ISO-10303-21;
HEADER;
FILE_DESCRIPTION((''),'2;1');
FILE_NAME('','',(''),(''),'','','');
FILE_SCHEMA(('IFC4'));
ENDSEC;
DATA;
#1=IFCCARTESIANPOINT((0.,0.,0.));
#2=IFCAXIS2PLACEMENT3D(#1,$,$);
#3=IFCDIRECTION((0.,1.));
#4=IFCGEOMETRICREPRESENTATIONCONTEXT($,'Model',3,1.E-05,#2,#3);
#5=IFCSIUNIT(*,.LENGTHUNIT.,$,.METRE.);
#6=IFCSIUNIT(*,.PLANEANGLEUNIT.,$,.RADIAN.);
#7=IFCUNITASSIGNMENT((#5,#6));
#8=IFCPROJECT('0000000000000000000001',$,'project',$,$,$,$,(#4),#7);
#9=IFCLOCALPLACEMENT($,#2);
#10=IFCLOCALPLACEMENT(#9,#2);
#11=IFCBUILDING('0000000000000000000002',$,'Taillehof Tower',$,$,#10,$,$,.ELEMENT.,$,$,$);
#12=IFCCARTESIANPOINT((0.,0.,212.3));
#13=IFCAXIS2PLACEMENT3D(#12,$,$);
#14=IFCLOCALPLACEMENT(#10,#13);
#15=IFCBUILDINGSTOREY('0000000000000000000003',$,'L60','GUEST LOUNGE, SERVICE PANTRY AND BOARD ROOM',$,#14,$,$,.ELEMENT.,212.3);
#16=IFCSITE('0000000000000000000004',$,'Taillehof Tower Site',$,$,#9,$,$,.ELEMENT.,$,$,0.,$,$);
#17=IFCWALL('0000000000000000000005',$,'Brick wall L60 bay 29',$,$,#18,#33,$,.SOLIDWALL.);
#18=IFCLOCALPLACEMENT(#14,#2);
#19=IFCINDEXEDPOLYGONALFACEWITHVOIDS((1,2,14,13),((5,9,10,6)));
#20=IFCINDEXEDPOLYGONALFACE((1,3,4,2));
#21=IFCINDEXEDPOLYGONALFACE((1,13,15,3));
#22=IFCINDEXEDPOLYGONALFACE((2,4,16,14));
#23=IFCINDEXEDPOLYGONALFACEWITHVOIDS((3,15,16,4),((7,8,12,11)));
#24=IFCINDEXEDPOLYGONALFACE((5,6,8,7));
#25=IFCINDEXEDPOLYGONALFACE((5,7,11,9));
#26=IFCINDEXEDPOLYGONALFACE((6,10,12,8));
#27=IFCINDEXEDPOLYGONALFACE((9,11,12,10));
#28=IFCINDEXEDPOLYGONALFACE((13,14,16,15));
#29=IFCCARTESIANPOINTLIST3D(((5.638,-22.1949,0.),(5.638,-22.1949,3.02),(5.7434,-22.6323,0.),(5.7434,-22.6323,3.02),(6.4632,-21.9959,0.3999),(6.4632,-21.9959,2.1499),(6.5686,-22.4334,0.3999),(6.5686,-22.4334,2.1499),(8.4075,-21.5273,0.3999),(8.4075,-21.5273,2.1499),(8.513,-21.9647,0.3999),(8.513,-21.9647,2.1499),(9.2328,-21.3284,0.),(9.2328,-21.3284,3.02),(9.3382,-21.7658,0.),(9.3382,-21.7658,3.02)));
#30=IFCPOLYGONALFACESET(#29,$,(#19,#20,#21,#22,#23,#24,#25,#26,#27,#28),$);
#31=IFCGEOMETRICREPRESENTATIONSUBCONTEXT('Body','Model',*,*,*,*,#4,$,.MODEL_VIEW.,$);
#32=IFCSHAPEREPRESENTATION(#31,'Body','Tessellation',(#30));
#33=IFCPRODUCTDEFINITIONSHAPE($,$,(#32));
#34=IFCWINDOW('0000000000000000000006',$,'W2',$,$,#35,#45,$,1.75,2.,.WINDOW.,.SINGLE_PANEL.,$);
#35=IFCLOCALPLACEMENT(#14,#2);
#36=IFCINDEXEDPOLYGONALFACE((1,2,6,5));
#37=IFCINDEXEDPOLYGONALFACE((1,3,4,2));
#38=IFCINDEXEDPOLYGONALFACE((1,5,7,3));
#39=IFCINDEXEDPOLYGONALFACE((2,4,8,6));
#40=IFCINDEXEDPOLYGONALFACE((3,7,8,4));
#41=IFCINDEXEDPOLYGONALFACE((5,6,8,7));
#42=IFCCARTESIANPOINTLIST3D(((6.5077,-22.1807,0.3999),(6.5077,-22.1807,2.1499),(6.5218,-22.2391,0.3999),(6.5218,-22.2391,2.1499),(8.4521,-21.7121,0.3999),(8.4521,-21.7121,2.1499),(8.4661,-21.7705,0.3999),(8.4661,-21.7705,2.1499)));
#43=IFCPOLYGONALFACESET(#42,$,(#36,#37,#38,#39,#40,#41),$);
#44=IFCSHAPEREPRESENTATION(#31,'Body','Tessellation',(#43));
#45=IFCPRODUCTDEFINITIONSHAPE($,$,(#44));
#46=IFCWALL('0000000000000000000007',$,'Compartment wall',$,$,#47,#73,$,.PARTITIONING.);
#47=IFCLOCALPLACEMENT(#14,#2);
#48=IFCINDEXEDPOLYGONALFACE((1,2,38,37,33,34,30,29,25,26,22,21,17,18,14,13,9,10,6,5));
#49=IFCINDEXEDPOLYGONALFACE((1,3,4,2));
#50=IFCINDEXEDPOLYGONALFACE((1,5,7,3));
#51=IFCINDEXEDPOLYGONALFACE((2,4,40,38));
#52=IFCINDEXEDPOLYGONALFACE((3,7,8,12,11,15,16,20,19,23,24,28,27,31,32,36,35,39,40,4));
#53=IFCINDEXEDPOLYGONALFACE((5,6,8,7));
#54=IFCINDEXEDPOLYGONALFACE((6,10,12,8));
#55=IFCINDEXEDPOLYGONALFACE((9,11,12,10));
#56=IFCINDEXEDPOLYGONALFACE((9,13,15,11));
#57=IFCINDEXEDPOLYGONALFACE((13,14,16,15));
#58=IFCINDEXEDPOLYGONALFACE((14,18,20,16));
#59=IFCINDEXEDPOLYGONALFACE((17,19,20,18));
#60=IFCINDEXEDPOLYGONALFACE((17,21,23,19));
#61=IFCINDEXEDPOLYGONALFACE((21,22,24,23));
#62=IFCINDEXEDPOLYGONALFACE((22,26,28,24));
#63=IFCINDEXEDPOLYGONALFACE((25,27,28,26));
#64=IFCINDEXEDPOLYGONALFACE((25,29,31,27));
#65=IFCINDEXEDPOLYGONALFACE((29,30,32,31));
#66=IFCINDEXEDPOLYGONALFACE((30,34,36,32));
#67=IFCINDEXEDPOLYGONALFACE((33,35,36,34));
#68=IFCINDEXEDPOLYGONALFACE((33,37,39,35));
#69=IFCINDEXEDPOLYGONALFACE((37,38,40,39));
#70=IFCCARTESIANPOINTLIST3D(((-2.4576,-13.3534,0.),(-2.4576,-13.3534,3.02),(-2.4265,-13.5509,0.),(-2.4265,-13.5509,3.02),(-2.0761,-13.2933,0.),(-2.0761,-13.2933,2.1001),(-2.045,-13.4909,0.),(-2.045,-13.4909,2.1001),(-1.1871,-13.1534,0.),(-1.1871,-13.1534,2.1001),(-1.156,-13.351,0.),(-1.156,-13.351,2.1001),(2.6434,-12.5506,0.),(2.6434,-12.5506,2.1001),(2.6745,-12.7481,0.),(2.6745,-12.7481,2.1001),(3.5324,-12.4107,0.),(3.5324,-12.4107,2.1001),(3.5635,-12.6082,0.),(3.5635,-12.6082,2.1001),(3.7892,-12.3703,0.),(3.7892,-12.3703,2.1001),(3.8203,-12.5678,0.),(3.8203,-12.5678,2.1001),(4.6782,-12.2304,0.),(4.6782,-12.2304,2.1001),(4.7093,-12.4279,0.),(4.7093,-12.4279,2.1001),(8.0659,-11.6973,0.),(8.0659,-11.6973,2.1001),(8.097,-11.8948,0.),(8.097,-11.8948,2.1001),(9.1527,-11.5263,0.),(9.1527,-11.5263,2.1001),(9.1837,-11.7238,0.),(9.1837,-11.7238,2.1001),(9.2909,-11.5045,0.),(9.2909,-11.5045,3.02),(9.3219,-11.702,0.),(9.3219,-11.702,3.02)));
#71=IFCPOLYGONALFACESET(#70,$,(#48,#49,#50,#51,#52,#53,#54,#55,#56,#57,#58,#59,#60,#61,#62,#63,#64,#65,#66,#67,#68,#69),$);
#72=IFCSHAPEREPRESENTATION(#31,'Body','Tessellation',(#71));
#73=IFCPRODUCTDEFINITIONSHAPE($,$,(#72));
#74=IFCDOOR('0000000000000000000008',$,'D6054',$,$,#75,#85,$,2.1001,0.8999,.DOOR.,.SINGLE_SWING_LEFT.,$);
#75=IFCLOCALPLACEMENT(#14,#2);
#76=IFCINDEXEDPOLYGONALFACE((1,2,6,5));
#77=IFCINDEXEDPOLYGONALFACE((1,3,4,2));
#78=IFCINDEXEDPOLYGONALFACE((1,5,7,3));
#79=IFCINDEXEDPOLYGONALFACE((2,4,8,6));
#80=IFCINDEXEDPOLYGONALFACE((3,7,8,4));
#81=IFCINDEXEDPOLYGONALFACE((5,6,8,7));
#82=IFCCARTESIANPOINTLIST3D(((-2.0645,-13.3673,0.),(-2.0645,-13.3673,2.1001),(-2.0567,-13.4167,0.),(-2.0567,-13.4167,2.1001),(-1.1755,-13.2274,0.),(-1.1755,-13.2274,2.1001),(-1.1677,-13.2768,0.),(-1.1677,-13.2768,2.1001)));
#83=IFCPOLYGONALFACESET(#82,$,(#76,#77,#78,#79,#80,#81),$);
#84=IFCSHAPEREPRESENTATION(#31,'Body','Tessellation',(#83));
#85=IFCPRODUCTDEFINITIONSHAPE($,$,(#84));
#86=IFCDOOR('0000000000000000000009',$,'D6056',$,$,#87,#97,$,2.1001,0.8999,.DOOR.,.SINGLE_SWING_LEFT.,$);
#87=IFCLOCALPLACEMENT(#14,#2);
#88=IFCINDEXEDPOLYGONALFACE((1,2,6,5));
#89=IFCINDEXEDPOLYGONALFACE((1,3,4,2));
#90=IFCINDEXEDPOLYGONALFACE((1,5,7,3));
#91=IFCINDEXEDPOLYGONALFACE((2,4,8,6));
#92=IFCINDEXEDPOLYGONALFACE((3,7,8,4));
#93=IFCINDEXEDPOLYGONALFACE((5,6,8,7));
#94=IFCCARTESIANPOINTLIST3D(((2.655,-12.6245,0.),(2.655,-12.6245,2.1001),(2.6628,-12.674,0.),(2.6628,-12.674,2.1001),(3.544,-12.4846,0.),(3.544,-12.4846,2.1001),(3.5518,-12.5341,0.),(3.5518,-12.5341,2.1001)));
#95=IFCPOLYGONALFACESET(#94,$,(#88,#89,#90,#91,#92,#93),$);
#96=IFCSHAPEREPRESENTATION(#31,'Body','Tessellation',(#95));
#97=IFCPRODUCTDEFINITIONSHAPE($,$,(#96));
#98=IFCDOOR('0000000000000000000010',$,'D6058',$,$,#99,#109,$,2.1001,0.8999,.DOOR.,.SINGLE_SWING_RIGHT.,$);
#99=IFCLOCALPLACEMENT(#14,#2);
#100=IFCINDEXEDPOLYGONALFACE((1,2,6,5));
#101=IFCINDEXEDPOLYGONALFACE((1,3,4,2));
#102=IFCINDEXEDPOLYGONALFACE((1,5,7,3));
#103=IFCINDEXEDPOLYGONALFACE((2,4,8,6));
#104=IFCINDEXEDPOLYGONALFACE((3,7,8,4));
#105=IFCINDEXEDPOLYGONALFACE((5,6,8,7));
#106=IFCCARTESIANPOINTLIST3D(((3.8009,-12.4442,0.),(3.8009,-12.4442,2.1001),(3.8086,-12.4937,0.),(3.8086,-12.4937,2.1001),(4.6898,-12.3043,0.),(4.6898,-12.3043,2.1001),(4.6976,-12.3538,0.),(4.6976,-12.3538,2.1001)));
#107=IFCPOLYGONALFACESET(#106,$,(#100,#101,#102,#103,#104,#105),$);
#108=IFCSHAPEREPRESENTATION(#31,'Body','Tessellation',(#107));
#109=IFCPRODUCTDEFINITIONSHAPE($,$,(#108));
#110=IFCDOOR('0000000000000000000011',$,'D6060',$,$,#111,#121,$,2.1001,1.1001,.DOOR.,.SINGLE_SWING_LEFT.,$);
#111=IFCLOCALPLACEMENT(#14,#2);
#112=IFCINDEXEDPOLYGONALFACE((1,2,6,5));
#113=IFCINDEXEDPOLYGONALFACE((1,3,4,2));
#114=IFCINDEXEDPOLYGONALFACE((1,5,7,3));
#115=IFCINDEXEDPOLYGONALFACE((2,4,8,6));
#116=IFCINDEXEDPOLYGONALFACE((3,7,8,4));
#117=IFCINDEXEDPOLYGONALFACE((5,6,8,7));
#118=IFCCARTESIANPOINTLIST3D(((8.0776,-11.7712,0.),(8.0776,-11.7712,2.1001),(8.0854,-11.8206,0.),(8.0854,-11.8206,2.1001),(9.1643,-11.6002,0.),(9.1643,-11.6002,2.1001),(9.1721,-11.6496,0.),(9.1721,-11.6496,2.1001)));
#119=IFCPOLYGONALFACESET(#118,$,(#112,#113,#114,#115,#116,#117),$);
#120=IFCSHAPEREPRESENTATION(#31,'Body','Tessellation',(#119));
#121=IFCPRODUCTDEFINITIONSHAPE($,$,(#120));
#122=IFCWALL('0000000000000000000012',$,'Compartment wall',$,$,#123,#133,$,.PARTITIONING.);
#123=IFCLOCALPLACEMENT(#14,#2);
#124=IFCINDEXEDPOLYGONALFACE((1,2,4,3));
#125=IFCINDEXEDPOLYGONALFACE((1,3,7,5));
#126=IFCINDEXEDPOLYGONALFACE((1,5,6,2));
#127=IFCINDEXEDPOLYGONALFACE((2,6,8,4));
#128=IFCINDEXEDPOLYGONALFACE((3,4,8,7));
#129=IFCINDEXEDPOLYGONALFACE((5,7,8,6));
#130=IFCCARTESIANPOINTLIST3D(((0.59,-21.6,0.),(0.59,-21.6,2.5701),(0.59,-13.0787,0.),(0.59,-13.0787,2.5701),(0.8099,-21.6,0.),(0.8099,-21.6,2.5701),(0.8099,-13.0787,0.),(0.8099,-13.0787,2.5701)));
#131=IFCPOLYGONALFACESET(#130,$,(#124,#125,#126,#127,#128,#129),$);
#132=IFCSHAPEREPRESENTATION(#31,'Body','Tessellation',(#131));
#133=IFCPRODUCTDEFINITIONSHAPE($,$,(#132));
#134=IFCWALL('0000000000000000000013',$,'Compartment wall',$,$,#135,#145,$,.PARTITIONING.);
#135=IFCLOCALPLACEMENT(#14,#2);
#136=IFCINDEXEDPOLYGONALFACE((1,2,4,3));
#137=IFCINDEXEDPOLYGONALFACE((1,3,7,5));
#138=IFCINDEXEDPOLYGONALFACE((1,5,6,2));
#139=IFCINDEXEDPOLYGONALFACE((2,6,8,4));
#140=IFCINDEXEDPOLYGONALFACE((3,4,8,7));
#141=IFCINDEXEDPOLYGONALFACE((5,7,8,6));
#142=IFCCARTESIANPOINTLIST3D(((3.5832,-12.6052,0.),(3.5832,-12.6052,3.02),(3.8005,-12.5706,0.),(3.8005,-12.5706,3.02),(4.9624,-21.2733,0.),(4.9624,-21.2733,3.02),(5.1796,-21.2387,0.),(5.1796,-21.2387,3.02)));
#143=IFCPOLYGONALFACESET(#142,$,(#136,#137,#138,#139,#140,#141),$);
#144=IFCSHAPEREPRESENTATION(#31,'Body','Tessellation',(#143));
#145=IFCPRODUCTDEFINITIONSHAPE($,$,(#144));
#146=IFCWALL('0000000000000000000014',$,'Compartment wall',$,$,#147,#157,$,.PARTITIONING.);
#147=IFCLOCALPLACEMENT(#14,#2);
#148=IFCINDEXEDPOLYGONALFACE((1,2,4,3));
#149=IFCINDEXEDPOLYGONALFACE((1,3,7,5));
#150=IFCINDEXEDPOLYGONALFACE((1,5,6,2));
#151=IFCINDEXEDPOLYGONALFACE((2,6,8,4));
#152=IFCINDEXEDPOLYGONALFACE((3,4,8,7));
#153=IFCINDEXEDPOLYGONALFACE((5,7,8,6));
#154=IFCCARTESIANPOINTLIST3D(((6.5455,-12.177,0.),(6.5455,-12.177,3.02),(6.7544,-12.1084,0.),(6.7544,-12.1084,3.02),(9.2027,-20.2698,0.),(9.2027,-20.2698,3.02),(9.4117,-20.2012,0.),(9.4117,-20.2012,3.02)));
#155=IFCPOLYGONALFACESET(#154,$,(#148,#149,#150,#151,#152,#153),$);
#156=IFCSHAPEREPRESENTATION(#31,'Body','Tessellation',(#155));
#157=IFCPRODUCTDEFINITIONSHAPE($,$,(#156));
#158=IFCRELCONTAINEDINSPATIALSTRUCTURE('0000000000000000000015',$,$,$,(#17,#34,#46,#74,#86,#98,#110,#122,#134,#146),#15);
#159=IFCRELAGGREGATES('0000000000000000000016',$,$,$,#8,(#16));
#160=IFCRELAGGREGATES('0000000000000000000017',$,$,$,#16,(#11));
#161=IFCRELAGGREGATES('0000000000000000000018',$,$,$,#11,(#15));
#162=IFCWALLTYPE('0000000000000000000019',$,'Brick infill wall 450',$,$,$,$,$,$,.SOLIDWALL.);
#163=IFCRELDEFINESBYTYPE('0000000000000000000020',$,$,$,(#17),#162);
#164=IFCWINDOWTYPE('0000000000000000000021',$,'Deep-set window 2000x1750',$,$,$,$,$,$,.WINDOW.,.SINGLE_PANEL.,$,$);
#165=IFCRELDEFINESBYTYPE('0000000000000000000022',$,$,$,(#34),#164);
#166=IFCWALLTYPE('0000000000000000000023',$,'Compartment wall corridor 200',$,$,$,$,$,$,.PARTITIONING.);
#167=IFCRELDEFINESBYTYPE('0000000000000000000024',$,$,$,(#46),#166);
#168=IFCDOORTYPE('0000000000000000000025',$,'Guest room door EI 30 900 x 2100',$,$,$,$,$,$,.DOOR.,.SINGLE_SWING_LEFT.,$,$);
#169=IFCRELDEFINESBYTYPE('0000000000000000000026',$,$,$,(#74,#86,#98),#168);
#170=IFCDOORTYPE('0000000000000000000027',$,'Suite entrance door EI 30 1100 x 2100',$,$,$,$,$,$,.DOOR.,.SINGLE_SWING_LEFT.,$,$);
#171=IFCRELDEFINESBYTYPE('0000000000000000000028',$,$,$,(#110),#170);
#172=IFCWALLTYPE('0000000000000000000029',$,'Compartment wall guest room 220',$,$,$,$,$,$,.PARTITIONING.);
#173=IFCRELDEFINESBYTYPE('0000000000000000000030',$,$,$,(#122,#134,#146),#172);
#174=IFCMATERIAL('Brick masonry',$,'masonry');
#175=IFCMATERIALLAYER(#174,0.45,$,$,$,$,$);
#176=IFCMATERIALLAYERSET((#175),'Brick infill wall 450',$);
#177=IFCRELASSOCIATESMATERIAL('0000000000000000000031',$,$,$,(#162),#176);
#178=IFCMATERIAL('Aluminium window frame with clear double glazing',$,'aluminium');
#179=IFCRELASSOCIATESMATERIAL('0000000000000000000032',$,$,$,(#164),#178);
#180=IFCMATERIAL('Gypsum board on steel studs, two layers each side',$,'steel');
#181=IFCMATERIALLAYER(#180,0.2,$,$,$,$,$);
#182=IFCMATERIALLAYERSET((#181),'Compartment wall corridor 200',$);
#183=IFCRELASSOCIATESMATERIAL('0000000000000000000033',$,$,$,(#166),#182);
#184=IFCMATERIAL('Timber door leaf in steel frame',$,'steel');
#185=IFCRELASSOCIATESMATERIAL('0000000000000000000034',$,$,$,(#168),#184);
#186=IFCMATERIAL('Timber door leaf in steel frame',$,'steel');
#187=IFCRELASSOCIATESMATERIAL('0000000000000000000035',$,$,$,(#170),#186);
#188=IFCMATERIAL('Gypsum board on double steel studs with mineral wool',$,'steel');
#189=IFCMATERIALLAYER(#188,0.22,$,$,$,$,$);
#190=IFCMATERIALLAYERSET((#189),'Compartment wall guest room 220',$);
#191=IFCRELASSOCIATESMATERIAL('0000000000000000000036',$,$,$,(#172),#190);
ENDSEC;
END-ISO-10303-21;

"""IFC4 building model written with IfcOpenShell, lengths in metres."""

from ifc_helpers import new_model, si_unit, direction, frame, frame_2d, origin, place, context, subcontext, project, spatial, rectangle, extrude, material, layer, layer_set, type_object, element, fill, save


model = new_model("IFC4")

# Units and contexts
model_context = context("Model", 3, precision=1e-05, world=origin(), true_north=direction((0.0, 1.0)))
body_context = subcontext(model_context, "Body", "Model", "MODEL_VIEW")
ifc_project = project(units=[si_unit("LENGTHUNIT", "METRE"), si_unit("PLANEANGLEUNIT", "RADIAN")], contexts=[model_context])

# Site, building, storey
site_placement = place(None, origin())
site = spatial("IfcSite", under=ifc_project, at=site_placement, Name="Taillehof Tower Site", CompositionType="ELEMENT", RefElevation=0.0)
building_placement = place(site_placement, origin())
building = spatial("IfcBuilding", under=site, at=building_placement, Name="Taillehof Tower", CompositionType="ELEMENT")
storey_placement = place(building_placement, frame((0.0, 0.0, 212.3)))
storey = spatial("IfcBuildingStorey", under=building, at=storey_placement, Name="L60", Description="GUEST LOUNGE, SERVICE PANTRY AND BOARD ROOM", CompositionType="ELEMENT", Elevation=212.3)

# Wall, opening, window
ifc_material_1 = material(Name="Brick masonry", Category="masonry")
ifc_layer_1 = layer(ifc_material_1, 0.45)
ifc_layer_set_1 = layer_set([ifc_layer_1], Name="Brick infill wall 450")
wall_type_1 = type_object("IfcWallType", Name="Brick infill wall 450", PredefinedType="SOLIDWALL", material=ifc_layer_set_1)
ifc_material_2 = material(Name="Aluminium window frame with clear double glazing", Category="aluminium")
window_type = type_object("IfcWindowType", Name="Deep-set window 2000x1750", PartitioningType="SINGLE_PANEL", PredefinedType="WINDOW", material=ifc_material_2)
wall_1_placement = place(storey_placement, frame((5.6907, -22.4136, 0.0), z_axis=(0.0, 0.0, 1.0), x_axis=(0.972158, 0.234324, 0.0)))
wall_1 = element("IfcWall", 1, at=wall_1_placement, inside=storey, type_object=wall_type_1, Name="Brick wall L60 bay 29", PredefinedType="SOLIDWALL", context=body_context, shape_type="SweptSolid", body=[
    extrude(rectangle(XDim=3.6978, YDim=0.45, at=frame_2d((1.8489, 0.0))), origin(), (0.0, 0.0, 1.0), 3.02),
])
opening_1_placement = place(wall_1_placement, frame((0.8489, 0.0, 0.3999)))
opening_1 = element("IfcOpeningElement", 2, at=opening_1_placement, cuts=wall_1, PredefinedType="OPENING", context=body_context, shape_type="SweptSolid", body=[
    extrude(rectangle(XDim=2.0, YDim=1.75, at=frame_2d((1.0, 0.875))), frame((0.0, 0.2349, 0.0), z_axis=(0.0, -1.0, 0.0), x_axis=(1.0, 0.0, 0.0)), (0.0, 0.0, 1.0), 0.47),
])
window_1_placement = place(opening_1_placement, origin())
window_1 = element("IfcWindow", 3, at=window_1_placement, inside=storey, type_object=window_type, Name="W2", OverallHeight=1.75, OverallWidth=2.0, PartitioningType="SINGLE_PANEL", PredefinedType="WINDOW", context=body_context, shape_type="SweptSolid", body=[
    extrude(rectangle(XDim=2.0, YDim=1.75, at=frame_2d((1.0, 0.875))), frame((0.0, 0.0349, 0.0), z_axis=(0.0, -1.0, 0.0), x_axis=(1.0, 0.0, 0.0)), (0.0, 0.0, 1.0), 0.0601),
])
fill(opening_1, window_1)

# Wall, openings, doors
ifc_material_3 = material(Name="Gypsum board on steel studs, two layers each side", Category="steel")
ifc_layer_2 = layer(ifc_material_3, 0.2)
ifc_layer_set_2 = layer_set([ifc_layer_2], Name="Compartment wall corridor 200")
wall_type_2 = type_object("IfcWallType", Name="Compartment wall corridor 200", PredefinedType="PARTITIONING", material=ifc_layer_set_2)
wall_2_placement = place(storey_placement, frame((9.3064, -11.6033, 0.0), z_axis=(0.0, 0.0, 1.0), x_axis=(-0.987843, -0.155458, 0.0)))
wall_2 = element("IfcWall", 4, at=wall_2_placement, inside=storey, type_object=wall_type_2, Name="Compartment wall", PredefinedType="PARTITIONING", context=body_context, shape_type="SweptSolid", body=[
    extrude(rectangle(XDim=11.8931, YDim=0.2, at=frame_2d((5.9465, 0.0))), origin(), (0.0, 0.0, 1.0), 3.02),
])
opening_2_placement = place(wall_2_placement, frame((10.6069, 0.0, 0.0)))
opening_2 = element("IfcOpeningElement", 5, at=opening_2_placement, cuts=wall_2, PredefinedType="OPENING", context=body_context, shape_type="SweptSolid", body=[
    extrude(rectangle(XDim=0.8999, YDim=2.1001, at=frame_2d((0.45, 1.05))), frame((0.0, 0.1099, 0.0), z_axis=(0.0, -1.0, 0.0), x_axis=(1.0, 0.0, 0.0)), (0.0, 0.0, 1.0), 0.22),
])
opening_3_placement = place(wall_2_placement, frame((5.8293, 0.0, 0.0)))
opening_3 = element("IfcOpeningElement", 6, at=opening_3_placement, cuts=wall_2, PredefinedType="OPENING", context=body_context, shape_type="SweptSolid", body=[
    extrude(rectangle(XDim=0.8999, YDim=2.1001, at=frame_2d((0.45, 1.05))), frame((0.0, 0.1099, 0.0), z_axis=(0.0, -1.0, 0.0), x_axis=(1.0, 0.0, 0.0)), (0.0, 0.0, 1.0), 0.22),
])
opening_4_placement = place(wall_2_placement, frame((4.6694, 0.0, 0.0)))
opening_4 = element("IfcOpeningElement", 7, at=opening_4_placement, cuts=wall_2, PredefinedType="OPENING", context=body_context, shape_type="SweptSolid", body=[
    extrude(rectangle(XDim=0.8999, YDim=2.1001, at=frame_2d((0.45, 1.05))), frame((0.0, 0.1099, 0.0), z_axis=(0.0, -1.0, 0.0), x_axis=(1.0, 0.0, 0.0)), (0.0, 0.0, 1.0), 0.22),
])
opening_5_placement = place(wall_2_placement, frame((0.1399, 0.0, 0.0)))
opening_5 = element("IfcOpeningElement", 8, at=opening_5_placement, cuts=wall_2, PredefinedType="OPENING", context=body_context, shape_type="SweptSolid", body=[
    extrude(rectangle(XDim=1.1001, YDim=2.1001, at=frame_2d((0.55, 1.05))), frame((0.0, 0.1099, 0.0), z_axis=(0.0, -1.0, 0.0), x_axis=(1.0, 0.0, 0.0)), (0.0, 0.0, 1.0), 0.22),
])
ifc_material_4 = material(Name="Timber door leaf in steel frame", Category="steel")
door_type_1 = type_object("IfcDoorType", Name="Guest room door EI 30 900 x 2100", OperationType="SINGLE_SWING_LEFT", PredefinedType="DOOR", material=ifc_material_4)
door_1_placement = place(opening_2_placement, origin())
door_1 = element("IfcDoor", 9, at=door_1_placement, inside=storey, type_object=door_type_1, Name="D6054", OperationType="SINGLE_SWING_LEFT", OverallHeight=2.1001, OverallWidth=0.8999, PredefinedType="DOOR", context=body_context, shape_type="SweptSolid", body=[
    extrude(rectangle(XDim=0.8999, YDim=2.1001, at=frame_2d((0.45, 1.05))), frame((0.0, 0.0249, 0.0), z_axis=(0.0, -1.0, 0.0), x_axis=(1.0, 0.0, 0.0)), (0.0, 0.0, 1.0), 0.05),
])
fill(opening_2, door_1)
door_2_placement = place(opening_3_placement, origin())
door_2 = element("IfcDoor", 10, at=door_2_placement, inside=storey, type_object=door_type_1, Name="D6056", OperationType="SINGLE_SWING_LEFT", OverallHeight=2.1001, OverallWidth=0.8999, PredefinedType="DOOR", context=body_context, shape_type="SweptSolid", body=[
    extrude(rectangle(XDim=0.8999, YDim=2.1001, at=frame_2d((0.45, 1.05))), frame((0.0, 0.0249, 0.0), z_axis=(0.0, -1.0, 0.0), x_axis=(1.0, 0.0, 0.0)), (0.0, 0.0, 1.0), 0.05),
])
fill(opening_3, door_2)
door_3_placement = place(opening_4_placement, origin())
door_3 = element("IfcDoor", 11, at=door_3_placement, inside=storey, type_object=door_type_1, Name="D6058", OperationType="SINGLE_SWING_RIGHT", OverallHeight=2.1001, OverallWidth=0.8999, PredefinedType="DOOR", context=body_context, shape_type="SweptSolid", body=[
    extrude(rectangle(XDim=0.8999, YDim=2.1001, at=frame_2d((0.45, 1.05))), frame((0.0, 0.0249, 0.0), z_axis=(0.0, -1.0, 0.0), x_axis=(1.0, 0.0, 0.0)), (0.0, 0.0, 1.0), 0.05),
])
fill(opening_4, door_3)
ifc_material_5 = material(Name="Timber door leaf in steel frame", Category="steel")
door_type_2 = type_object("IfcDoorType", Name="Suite entrance door EI 30 1100 x 2100", OperationType="SINGLE_SWING_LEFT", PredefinedType="DOOR", material=ifc_material_5)
door_4_placement = place(opening_5_placement, origin())
door_4 = element("IfcDoor", 12, at=door_4_placement, inside=storey, type_object=door_type_2, Name="D6060", OperationType="SINGLE_SWING_LEFT", OverallHeight=2.1001, OverallWidth=1.1001, PredefinedType="DOOR", context=body_context, shape_type="SweptSolid", body=[
    extrude(rectangle(XDim=1.1001, YDim=2.1001, at=frame_2d((0.55, 1.05))), frame((0.0, 0.0249, 0.0), z_axis=(0.0, -1.0, 0.0), x_axis=(1.0, 0.0, 0.0)), (0.0, 0.0, 1.0), 0.05),
])
fill(opening_5, door_4)

# Walls
ifc_material_6 = material(Name="Gypsum board on double steel studs with mineral wool", Category="steel")
ifc_layer_3 = layer(ifc_material_6, 0.22)
ifc_layer_set_3 = layer_set([ifc_layer_3], Name="Compartment wall guest room 220")
wall_type_3 = type_object("IfcWallType", Name="Compartment wall guest room 220", PredefinedType="PARTITIONING", material=ifc_layer_set_3)
wall_3_placement = place(storey_placement, frame((0.7, -21.6001, 0.0), z_axis=(0.0, 0.0, 1.0), x_axis=(0.0, 1.0, 0.0)))
element("IfcWall", 13, at=wall_3_placement, inside=storey, type_object=wall_type_3, Name="Compartment wall", PredefinedType="PARTITIONING", context=body_context, shape_type="SweptSolid", body=[
    extrude(rectangle(XDim=8.5212, YDim=0.22, at=frame_2d((4.2607, 0.0))), origin(), (0.0, 0.0, 1.0), 2.5701),
])
wall_4_placement = place(storey_placement, frame((5.071, -21.2561, 0.0), z_axis=(0.0, 0.0, 1.0), x_axis=(-0.157132, 0.987578, 0.0)))
element("IfcWall", 14, at=wall_4_placement, inside=storey, type_object=wall_type_3, Name="Compartment wall", PredefinedType="PARTITIONING", context=body_context, shape_type="SweptSolid", body=[
    extrude(rectangle(XDim=8.7771, YDim=0.22, at=frame_2d((4.3887, 0.0))), origin(), (0.0, 0.0, 1.0), 3.02),
])
wall_5_placement = place(storey_placement, frame((9.3071, -20.2354, 0.0), z_axis=(0.0, 0.0, 1.0), x_axis=(-0.31196, 0.950095, 0.0)))
element("IfcWall", 15, at=wall_5_placement, inside=storey, type_object=wall_type_3, Name="Compartment wall", PredefinedType="PARTITIONING", context=body_context, shape_type="SweptSolid", body=[
    extrude(rectangle(XDim=8.5178, YDim=0.22, at=frame_2d((4.2588, 0.0))), origin(), (0.0, 0.0, 1.0), 3.02),
])

save(model, "model.ifc")
